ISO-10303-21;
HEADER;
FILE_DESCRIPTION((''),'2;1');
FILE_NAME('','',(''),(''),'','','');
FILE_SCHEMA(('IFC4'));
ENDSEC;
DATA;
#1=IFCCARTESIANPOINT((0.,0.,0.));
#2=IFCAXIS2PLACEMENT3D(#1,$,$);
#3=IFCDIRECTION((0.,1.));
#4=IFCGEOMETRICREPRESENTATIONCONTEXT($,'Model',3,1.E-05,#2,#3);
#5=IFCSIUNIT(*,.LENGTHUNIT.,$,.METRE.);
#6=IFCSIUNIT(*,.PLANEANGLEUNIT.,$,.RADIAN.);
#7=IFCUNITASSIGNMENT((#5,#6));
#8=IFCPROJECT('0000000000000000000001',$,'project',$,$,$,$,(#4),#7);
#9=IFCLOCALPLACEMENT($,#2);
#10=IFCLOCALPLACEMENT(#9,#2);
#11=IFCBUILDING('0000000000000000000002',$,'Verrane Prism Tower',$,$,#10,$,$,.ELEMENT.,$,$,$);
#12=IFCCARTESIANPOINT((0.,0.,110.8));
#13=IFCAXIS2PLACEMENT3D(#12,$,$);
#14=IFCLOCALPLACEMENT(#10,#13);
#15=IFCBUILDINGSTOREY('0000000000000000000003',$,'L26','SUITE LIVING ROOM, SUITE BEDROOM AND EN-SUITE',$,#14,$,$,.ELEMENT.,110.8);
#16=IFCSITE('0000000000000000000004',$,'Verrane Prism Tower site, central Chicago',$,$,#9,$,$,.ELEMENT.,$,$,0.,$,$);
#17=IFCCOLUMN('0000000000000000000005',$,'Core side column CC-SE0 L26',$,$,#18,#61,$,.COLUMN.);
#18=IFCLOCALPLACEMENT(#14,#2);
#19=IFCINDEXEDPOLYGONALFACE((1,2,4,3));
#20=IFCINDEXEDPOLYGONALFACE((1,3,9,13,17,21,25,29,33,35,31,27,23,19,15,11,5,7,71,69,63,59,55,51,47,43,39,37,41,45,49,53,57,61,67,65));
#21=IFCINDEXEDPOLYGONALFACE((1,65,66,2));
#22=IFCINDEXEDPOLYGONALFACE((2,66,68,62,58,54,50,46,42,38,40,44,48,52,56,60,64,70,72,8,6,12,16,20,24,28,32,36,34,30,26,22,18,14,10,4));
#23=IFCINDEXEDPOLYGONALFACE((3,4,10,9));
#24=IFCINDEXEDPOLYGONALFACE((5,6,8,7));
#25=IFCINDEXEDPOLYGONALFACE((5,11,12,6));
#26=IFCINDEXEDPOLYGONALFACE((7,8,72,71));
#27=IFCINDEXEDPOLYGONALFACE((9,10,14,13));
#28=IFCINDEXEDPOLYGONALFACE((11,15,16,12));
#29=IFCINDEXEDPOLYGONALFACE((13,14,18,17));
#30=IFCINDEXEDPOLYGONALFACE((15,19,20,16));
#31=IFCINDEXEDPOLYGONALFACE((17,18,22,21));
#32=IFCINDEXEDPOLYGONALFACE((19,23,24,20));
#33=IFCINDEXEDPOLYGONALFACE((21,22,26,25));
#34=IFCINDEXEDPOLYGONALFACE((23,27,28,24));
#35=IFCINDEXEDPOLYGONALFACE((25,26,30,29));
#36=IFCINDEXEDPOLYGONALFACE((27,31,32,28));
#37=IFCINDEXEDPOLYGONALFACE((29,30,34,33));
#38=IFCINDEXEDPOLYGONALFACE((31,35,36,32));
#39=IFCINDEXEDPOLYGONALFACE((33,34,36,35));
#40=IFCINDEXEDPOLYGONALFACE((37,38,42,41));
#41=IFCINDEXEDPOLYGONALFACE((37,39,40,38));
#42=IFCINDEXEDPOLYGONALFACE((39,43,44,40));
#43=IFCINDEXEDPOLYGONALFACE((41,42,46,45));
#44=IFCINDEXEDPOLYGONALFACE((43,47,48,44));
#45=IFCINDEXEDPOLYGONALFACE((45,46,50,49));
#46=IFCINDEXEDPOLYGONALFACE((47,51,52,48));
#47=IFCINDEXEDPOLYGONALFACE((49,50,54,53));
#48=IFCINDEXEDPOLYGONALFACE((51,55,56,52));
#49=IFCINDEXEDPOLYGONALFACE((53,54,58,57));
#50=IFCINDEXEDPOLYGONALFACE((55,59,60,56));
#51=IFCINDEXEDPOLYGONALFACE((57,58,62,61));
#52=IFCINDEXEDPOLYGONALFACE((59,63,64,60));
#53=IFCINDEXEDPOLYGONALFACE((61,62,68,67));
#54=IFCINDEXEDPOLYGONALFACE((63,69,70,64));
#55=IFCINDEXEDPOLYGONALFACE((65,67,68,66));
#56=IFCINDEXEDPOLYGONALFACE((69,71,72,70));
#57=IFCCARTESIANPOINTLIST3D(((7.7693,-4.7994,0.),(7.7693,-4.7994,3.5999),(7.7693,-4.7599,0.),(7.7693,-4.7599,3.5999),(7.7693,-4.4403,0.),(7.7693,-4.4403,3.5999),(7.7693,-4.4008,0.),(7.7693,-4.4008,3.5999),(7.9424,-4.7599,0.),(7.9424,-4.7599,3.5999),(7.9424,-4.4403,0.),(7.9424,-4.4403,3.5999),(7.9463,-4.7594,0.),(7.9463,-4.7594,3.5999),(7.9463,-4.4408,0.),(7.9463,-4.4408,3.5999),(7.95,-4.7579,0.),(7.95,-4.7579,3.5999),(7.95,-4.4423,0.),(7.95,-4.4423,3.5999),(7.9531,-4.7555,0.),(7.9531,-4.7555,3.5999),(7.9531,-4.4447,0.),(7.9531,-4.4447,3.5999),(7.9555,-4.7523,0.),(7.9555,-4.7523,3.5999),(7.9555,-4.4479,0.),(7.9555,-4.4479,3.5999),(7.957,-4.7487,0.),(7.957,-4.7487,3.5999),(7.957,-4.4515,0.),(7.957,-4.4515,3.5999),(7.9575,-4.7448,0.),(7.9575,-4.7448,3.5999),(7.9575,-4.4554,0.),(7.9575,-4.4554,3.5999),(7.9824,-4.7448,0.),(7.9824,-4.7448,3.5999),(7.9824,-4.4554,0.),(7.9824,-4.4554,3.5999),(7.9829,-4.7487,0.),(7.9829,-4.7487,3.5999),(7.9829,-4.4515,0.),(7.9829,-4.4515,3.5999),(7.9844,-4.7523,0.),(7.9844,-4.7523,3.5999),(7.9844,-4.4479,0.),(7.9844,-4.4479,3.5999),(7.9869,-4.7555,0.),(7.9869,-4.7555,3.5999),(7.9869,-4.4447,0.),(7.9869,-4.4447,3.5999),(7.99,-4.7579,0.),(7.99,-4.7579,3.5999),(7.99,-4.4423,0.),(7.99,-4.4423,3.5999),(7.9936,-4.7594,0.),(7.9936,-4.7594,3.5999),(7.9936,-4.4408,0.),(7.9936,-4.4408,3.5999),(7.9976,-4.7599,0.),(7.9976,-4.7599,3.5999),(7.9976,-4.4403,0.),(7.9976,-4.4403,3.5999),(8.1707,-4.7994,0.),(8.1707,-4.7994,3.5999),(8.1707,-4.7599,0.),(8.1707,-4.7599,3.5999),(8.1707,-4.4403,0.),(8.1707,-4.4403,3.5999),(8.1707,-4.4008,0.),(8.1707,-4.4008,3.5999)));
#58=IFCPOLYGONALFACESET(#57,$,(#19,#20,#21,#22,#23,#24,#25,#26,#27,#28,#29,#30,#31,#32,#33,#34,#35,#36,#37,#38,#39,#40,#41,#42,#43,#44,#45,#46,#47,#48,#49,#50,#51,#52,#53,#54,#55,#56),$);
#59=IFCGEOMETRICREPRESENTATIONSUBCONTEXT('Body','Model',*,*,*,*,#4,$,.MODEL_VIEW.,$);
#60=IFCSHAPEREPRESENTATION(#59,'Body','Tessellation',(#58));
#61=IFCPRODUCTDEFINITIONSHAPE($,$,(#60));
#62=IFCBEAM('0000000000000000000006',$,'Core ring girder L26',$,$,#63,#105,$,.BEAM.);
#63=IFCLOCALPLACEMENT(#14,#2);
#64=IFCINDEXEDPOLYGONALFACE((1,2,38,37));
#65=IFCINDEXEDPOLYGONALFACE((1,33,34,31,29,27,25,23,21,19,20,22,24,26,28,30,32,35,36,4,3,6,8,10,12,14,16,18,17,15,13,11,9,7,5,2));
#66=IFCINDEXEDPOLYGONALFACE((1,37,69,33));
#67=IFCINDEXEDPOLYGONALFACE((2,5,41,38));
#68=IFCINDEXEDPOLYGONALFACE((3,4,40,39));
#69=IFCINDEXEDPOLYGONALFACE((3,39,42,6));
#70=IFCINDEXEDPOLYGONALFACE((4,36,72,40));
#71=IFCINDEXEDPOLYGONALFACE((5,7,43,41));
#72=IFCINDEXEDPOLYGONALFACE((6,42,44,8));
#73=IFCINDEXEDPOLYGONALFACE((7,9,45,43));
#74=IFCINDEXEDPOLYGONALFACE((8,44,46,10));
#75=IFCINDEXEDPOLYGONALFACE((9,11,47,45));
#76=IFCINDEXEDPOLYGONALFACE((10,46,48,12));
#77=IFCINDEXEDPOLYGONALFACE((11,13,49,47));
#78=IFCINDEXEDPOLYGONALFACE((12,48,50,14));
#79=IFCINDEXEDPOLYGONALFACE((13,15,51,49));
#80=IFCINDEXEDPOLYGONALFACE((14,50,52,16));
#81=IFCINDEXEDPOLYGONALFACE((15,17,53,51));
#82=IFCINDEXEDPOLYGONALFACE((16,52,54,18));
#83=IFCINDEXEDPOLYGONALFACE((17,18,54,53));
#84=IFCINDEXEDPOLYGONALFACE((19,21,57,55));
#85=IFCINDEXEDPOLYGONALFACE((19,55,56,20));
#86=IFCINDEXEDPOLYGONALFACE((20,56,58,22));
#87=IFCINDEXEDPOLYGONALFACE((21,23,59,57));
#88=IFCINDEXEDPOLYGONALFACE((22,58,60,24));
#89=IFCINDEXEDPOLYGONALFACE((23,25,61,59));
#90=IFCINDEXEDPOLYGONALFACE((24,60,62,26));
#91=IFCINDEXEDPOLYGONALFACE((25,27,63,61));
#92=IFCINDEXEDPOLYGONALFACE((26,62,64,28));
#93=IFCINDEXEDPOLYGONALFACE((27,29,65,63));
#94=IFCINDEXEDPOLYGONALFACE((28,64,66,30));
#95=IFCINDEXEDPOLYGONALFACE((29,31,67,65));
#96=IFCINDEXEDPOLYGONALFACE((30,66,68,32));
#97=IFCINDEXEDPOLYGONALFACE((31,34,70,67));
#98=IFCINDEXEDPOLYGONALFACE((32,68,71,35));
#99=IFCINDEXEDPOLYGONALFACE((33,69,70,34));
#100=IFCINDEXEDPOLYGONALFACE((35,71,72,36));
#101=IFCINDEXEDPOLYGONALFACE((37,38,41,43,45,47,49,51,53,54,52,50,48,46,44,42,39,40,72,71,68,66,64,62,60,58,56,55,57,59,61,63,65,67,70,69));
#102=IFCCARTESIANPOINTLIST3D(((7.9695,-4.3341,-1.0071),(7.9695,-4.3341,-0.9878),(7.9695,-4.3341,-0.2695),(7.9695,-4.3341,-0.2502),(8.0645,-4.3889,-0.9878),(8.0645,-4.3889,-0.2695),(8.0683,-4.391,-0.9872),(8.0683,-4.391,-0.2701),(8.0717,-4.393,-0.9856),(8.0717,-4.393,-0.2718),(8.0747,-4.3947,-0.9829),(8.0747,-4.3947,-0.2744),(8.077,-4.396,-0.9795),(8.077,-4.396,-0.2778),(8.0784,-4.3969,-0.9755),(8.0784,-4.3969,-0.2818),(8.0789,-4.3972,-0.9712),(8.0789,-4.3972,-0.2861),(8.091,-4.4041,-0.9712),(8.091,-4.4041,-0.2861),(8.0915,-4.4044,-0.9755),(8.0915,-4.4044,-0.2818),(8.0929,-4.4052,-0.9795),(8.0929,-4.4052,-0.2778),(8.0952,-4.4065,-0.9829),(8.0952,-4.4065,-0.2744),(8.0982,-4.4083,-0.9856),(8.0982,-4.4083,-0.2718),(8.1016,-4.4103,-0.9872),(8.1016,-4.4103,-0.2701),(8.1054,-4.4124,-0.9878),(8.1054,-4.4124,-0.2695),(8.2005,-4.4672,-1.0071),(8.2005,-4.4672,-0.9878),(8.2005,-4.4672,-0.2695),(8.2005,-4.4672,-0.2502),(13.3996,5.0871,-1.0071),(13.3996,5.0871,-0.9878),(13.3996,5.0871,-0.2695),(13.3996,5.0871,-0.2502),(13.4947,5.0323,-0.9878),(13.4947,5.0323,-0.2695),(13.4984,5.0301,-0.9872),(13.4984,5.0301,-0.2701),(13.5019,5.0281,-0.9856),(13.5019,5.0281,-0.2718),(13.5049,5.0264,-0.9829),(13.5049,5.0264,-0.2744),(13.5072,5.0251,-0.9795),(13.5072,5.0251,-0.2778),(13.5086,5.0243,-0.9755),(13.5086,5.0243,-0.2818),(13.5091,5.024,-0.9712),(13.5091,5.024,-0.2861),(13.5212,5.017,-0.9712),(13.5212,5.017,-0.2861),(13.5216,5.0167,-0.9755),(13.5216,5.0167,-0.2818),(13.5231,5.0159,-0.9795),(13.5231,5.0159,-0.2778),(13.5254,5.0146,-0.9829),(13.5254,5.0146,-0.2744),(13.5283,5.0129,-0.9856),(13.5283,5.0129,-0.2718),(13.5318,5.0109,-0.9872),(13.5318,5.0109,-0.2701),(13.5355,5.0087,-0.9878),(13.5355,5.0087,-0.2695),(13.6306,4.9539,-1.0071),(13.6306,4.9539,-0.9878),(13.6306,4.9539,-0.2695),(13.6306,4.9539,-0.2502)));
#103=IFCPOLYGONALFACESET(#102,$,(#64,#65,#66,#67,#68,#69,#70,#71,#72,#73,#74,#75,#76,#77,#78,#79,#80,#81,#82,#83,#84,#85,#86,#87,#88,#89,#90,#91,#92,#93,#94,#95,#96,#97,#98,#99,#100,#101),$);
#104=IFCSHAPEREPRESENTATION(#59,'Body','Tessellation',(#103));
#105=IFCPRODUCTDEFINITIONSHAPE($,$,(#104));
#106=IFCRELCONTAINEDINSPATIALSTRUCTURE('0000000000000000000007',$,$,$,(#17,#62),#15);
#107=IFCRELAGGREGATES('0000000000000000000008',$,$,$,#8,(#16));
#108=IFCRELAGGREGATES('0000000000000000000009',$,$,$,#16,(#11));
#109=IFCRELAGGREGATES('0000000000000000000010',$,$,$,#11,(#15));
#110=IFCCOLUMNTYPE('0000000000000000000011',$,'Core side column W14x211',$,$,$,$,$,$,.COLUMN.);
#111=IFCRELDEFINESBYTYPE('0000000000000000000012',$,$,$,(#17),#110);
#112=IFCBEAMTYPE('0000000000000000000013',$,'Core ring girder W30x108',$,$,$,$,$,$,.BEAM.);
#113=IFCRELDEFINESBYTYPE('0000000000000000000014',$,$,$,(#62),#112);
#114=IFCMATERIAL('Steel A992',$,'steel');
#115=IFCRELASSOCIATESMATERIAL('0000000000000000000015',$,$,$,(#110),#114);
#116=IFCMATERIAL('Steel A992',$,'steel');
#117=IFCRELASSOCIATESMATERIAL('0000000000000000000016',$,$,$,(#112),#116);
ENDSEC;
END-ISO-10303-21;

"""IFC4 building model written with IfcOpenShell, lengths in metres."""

from ifc_helpers import new_model, si_unit, direction, frame, origin, origin_2d, place, context, subcontext, project, spatial, i_section, extrude, material, material_profile, profile_set, type_object, element, save


model = new_model("IFC4")

# Units and contexts
model_context = context("Model", 3, precision=1e-05, world=origin(), true_north=direction((0.0, 1.0)))
body_context = subcontext(model_context, "Body", "Model", "MODEL_VIEW")
ifc_project = project(units=[si_unit("LENGTHUNIT", "METRE"), si_unit("PLANEANGLEUNIT", "RADIAN")], contexts=[model_context])

# Site, building, storey
site_placement = place(None, origin())
site = spatial("IfcSite", under=ifc_project, at=site_placement, Name="Verrane Prism Tower site, central Chicago", CompositionType="ELEMENT", RefElevation=0.0)
building_placement = place(site_placement, origin())
building = spatial("IfcBuilding", under=site, at=building_placement, Name="Verrane Prism Tower", CompositionType="ELEMENT")
storey_placement = place(building_placement, frame((0.0, 0.0, 110.8)))
storey = spatial("IfcBuildingStorey", under=building, at=storey_placement, Name="L26", Description="SUITE LIVING ROOM, SUITE BEDROOM AND EN-SUITE", CompositionType="ELEMENT", Elevation=110.8)

# Column
ifc_material_1 = material(Name="Steel A992", Category="steel")
ifc_material_profile_1 = material_profile(ifc_material_1, i_section(OverallWidth=0.4014, OverallDepth=0.3987, WebThickness=0.0249, FlangeThickness=0.0396, FilletRadius=0.0151, at=origin_2d()), Name="W14x211")
ifc_profile_set_1 = profile_set([ifc_material_profile_1], Name="Steel A992")
column_type = type_object("IfcColumnType", Name="Core side column W14x211", PredefinedType="COLUMN", material=ifc_profile_set_1)
column_placement = place(storey_placement, frame((7.97, -4.6001, 0.0), z_axis=(0.0, 0.0, 1.0), x_axis=(1.0, 0.0, 0.0)))
element("IfcColumn", 1, at=column_placement, inside=storey, type_object=column_type, Name="Core side column CC-SE0 L26", PredefinedType="COLUMN", context=body_context, shape_type="SweptSolid", body=[
    extrude(i_section(OverallWidth=0.4014, OverallDepth=0.3987, WebThickness=0.0249, FlangeThickness=0.0396, FilletRadius=0.0151, at=origin_2d()), origin(), (0.0, 0.0, 1.0), 3.5999),
])

# Beam
ifc_material_2 = material(Name="Steel A992", Category="steel")
ifc_material_profile_2 = material_profile(ifc_material_2, i_section(OverallWidth=0.2666, OverallDepth=0.7568, WebThickness=0.0139, FlangeThickness=0.0193, FilletRadius=0.0166, at=origin_2d()), Name="W30x108")
ifc_profile_set_2 = profile_set([ifc_material_profile_2], Name="Steel A992")
beam_type = type_object("IfcBeamType", Name="Core ring girder W30x108", PredefinedType="BEAM", material=ifc_profile_set_2)
beam_placement = place(storey_placement, frame((8.085, -4.4006, -0.6287), z_axis=(0.499371, 0.866388, 0.0), x_axis=(-0.866388, 0.499371, 0.0)))
element("IfcBeam", 2, at=beam_placement, inside=storey, type_object=beam_type, Name="Core ring girder L26", PredefinedType="BEAM", context=body_context, shape_type="SweptSolid", body=[
    extrude(i_section(OverallWidth=0.2666, OverallDepth=0.7568, WebThickness=0.0139, FlangeThickness=0.0193, FilletRadius=0.0166, at=origin_2d()), origin(), (0.0, 0.0, 1.0), 10.874),
])

save(model, "model.ifc")
